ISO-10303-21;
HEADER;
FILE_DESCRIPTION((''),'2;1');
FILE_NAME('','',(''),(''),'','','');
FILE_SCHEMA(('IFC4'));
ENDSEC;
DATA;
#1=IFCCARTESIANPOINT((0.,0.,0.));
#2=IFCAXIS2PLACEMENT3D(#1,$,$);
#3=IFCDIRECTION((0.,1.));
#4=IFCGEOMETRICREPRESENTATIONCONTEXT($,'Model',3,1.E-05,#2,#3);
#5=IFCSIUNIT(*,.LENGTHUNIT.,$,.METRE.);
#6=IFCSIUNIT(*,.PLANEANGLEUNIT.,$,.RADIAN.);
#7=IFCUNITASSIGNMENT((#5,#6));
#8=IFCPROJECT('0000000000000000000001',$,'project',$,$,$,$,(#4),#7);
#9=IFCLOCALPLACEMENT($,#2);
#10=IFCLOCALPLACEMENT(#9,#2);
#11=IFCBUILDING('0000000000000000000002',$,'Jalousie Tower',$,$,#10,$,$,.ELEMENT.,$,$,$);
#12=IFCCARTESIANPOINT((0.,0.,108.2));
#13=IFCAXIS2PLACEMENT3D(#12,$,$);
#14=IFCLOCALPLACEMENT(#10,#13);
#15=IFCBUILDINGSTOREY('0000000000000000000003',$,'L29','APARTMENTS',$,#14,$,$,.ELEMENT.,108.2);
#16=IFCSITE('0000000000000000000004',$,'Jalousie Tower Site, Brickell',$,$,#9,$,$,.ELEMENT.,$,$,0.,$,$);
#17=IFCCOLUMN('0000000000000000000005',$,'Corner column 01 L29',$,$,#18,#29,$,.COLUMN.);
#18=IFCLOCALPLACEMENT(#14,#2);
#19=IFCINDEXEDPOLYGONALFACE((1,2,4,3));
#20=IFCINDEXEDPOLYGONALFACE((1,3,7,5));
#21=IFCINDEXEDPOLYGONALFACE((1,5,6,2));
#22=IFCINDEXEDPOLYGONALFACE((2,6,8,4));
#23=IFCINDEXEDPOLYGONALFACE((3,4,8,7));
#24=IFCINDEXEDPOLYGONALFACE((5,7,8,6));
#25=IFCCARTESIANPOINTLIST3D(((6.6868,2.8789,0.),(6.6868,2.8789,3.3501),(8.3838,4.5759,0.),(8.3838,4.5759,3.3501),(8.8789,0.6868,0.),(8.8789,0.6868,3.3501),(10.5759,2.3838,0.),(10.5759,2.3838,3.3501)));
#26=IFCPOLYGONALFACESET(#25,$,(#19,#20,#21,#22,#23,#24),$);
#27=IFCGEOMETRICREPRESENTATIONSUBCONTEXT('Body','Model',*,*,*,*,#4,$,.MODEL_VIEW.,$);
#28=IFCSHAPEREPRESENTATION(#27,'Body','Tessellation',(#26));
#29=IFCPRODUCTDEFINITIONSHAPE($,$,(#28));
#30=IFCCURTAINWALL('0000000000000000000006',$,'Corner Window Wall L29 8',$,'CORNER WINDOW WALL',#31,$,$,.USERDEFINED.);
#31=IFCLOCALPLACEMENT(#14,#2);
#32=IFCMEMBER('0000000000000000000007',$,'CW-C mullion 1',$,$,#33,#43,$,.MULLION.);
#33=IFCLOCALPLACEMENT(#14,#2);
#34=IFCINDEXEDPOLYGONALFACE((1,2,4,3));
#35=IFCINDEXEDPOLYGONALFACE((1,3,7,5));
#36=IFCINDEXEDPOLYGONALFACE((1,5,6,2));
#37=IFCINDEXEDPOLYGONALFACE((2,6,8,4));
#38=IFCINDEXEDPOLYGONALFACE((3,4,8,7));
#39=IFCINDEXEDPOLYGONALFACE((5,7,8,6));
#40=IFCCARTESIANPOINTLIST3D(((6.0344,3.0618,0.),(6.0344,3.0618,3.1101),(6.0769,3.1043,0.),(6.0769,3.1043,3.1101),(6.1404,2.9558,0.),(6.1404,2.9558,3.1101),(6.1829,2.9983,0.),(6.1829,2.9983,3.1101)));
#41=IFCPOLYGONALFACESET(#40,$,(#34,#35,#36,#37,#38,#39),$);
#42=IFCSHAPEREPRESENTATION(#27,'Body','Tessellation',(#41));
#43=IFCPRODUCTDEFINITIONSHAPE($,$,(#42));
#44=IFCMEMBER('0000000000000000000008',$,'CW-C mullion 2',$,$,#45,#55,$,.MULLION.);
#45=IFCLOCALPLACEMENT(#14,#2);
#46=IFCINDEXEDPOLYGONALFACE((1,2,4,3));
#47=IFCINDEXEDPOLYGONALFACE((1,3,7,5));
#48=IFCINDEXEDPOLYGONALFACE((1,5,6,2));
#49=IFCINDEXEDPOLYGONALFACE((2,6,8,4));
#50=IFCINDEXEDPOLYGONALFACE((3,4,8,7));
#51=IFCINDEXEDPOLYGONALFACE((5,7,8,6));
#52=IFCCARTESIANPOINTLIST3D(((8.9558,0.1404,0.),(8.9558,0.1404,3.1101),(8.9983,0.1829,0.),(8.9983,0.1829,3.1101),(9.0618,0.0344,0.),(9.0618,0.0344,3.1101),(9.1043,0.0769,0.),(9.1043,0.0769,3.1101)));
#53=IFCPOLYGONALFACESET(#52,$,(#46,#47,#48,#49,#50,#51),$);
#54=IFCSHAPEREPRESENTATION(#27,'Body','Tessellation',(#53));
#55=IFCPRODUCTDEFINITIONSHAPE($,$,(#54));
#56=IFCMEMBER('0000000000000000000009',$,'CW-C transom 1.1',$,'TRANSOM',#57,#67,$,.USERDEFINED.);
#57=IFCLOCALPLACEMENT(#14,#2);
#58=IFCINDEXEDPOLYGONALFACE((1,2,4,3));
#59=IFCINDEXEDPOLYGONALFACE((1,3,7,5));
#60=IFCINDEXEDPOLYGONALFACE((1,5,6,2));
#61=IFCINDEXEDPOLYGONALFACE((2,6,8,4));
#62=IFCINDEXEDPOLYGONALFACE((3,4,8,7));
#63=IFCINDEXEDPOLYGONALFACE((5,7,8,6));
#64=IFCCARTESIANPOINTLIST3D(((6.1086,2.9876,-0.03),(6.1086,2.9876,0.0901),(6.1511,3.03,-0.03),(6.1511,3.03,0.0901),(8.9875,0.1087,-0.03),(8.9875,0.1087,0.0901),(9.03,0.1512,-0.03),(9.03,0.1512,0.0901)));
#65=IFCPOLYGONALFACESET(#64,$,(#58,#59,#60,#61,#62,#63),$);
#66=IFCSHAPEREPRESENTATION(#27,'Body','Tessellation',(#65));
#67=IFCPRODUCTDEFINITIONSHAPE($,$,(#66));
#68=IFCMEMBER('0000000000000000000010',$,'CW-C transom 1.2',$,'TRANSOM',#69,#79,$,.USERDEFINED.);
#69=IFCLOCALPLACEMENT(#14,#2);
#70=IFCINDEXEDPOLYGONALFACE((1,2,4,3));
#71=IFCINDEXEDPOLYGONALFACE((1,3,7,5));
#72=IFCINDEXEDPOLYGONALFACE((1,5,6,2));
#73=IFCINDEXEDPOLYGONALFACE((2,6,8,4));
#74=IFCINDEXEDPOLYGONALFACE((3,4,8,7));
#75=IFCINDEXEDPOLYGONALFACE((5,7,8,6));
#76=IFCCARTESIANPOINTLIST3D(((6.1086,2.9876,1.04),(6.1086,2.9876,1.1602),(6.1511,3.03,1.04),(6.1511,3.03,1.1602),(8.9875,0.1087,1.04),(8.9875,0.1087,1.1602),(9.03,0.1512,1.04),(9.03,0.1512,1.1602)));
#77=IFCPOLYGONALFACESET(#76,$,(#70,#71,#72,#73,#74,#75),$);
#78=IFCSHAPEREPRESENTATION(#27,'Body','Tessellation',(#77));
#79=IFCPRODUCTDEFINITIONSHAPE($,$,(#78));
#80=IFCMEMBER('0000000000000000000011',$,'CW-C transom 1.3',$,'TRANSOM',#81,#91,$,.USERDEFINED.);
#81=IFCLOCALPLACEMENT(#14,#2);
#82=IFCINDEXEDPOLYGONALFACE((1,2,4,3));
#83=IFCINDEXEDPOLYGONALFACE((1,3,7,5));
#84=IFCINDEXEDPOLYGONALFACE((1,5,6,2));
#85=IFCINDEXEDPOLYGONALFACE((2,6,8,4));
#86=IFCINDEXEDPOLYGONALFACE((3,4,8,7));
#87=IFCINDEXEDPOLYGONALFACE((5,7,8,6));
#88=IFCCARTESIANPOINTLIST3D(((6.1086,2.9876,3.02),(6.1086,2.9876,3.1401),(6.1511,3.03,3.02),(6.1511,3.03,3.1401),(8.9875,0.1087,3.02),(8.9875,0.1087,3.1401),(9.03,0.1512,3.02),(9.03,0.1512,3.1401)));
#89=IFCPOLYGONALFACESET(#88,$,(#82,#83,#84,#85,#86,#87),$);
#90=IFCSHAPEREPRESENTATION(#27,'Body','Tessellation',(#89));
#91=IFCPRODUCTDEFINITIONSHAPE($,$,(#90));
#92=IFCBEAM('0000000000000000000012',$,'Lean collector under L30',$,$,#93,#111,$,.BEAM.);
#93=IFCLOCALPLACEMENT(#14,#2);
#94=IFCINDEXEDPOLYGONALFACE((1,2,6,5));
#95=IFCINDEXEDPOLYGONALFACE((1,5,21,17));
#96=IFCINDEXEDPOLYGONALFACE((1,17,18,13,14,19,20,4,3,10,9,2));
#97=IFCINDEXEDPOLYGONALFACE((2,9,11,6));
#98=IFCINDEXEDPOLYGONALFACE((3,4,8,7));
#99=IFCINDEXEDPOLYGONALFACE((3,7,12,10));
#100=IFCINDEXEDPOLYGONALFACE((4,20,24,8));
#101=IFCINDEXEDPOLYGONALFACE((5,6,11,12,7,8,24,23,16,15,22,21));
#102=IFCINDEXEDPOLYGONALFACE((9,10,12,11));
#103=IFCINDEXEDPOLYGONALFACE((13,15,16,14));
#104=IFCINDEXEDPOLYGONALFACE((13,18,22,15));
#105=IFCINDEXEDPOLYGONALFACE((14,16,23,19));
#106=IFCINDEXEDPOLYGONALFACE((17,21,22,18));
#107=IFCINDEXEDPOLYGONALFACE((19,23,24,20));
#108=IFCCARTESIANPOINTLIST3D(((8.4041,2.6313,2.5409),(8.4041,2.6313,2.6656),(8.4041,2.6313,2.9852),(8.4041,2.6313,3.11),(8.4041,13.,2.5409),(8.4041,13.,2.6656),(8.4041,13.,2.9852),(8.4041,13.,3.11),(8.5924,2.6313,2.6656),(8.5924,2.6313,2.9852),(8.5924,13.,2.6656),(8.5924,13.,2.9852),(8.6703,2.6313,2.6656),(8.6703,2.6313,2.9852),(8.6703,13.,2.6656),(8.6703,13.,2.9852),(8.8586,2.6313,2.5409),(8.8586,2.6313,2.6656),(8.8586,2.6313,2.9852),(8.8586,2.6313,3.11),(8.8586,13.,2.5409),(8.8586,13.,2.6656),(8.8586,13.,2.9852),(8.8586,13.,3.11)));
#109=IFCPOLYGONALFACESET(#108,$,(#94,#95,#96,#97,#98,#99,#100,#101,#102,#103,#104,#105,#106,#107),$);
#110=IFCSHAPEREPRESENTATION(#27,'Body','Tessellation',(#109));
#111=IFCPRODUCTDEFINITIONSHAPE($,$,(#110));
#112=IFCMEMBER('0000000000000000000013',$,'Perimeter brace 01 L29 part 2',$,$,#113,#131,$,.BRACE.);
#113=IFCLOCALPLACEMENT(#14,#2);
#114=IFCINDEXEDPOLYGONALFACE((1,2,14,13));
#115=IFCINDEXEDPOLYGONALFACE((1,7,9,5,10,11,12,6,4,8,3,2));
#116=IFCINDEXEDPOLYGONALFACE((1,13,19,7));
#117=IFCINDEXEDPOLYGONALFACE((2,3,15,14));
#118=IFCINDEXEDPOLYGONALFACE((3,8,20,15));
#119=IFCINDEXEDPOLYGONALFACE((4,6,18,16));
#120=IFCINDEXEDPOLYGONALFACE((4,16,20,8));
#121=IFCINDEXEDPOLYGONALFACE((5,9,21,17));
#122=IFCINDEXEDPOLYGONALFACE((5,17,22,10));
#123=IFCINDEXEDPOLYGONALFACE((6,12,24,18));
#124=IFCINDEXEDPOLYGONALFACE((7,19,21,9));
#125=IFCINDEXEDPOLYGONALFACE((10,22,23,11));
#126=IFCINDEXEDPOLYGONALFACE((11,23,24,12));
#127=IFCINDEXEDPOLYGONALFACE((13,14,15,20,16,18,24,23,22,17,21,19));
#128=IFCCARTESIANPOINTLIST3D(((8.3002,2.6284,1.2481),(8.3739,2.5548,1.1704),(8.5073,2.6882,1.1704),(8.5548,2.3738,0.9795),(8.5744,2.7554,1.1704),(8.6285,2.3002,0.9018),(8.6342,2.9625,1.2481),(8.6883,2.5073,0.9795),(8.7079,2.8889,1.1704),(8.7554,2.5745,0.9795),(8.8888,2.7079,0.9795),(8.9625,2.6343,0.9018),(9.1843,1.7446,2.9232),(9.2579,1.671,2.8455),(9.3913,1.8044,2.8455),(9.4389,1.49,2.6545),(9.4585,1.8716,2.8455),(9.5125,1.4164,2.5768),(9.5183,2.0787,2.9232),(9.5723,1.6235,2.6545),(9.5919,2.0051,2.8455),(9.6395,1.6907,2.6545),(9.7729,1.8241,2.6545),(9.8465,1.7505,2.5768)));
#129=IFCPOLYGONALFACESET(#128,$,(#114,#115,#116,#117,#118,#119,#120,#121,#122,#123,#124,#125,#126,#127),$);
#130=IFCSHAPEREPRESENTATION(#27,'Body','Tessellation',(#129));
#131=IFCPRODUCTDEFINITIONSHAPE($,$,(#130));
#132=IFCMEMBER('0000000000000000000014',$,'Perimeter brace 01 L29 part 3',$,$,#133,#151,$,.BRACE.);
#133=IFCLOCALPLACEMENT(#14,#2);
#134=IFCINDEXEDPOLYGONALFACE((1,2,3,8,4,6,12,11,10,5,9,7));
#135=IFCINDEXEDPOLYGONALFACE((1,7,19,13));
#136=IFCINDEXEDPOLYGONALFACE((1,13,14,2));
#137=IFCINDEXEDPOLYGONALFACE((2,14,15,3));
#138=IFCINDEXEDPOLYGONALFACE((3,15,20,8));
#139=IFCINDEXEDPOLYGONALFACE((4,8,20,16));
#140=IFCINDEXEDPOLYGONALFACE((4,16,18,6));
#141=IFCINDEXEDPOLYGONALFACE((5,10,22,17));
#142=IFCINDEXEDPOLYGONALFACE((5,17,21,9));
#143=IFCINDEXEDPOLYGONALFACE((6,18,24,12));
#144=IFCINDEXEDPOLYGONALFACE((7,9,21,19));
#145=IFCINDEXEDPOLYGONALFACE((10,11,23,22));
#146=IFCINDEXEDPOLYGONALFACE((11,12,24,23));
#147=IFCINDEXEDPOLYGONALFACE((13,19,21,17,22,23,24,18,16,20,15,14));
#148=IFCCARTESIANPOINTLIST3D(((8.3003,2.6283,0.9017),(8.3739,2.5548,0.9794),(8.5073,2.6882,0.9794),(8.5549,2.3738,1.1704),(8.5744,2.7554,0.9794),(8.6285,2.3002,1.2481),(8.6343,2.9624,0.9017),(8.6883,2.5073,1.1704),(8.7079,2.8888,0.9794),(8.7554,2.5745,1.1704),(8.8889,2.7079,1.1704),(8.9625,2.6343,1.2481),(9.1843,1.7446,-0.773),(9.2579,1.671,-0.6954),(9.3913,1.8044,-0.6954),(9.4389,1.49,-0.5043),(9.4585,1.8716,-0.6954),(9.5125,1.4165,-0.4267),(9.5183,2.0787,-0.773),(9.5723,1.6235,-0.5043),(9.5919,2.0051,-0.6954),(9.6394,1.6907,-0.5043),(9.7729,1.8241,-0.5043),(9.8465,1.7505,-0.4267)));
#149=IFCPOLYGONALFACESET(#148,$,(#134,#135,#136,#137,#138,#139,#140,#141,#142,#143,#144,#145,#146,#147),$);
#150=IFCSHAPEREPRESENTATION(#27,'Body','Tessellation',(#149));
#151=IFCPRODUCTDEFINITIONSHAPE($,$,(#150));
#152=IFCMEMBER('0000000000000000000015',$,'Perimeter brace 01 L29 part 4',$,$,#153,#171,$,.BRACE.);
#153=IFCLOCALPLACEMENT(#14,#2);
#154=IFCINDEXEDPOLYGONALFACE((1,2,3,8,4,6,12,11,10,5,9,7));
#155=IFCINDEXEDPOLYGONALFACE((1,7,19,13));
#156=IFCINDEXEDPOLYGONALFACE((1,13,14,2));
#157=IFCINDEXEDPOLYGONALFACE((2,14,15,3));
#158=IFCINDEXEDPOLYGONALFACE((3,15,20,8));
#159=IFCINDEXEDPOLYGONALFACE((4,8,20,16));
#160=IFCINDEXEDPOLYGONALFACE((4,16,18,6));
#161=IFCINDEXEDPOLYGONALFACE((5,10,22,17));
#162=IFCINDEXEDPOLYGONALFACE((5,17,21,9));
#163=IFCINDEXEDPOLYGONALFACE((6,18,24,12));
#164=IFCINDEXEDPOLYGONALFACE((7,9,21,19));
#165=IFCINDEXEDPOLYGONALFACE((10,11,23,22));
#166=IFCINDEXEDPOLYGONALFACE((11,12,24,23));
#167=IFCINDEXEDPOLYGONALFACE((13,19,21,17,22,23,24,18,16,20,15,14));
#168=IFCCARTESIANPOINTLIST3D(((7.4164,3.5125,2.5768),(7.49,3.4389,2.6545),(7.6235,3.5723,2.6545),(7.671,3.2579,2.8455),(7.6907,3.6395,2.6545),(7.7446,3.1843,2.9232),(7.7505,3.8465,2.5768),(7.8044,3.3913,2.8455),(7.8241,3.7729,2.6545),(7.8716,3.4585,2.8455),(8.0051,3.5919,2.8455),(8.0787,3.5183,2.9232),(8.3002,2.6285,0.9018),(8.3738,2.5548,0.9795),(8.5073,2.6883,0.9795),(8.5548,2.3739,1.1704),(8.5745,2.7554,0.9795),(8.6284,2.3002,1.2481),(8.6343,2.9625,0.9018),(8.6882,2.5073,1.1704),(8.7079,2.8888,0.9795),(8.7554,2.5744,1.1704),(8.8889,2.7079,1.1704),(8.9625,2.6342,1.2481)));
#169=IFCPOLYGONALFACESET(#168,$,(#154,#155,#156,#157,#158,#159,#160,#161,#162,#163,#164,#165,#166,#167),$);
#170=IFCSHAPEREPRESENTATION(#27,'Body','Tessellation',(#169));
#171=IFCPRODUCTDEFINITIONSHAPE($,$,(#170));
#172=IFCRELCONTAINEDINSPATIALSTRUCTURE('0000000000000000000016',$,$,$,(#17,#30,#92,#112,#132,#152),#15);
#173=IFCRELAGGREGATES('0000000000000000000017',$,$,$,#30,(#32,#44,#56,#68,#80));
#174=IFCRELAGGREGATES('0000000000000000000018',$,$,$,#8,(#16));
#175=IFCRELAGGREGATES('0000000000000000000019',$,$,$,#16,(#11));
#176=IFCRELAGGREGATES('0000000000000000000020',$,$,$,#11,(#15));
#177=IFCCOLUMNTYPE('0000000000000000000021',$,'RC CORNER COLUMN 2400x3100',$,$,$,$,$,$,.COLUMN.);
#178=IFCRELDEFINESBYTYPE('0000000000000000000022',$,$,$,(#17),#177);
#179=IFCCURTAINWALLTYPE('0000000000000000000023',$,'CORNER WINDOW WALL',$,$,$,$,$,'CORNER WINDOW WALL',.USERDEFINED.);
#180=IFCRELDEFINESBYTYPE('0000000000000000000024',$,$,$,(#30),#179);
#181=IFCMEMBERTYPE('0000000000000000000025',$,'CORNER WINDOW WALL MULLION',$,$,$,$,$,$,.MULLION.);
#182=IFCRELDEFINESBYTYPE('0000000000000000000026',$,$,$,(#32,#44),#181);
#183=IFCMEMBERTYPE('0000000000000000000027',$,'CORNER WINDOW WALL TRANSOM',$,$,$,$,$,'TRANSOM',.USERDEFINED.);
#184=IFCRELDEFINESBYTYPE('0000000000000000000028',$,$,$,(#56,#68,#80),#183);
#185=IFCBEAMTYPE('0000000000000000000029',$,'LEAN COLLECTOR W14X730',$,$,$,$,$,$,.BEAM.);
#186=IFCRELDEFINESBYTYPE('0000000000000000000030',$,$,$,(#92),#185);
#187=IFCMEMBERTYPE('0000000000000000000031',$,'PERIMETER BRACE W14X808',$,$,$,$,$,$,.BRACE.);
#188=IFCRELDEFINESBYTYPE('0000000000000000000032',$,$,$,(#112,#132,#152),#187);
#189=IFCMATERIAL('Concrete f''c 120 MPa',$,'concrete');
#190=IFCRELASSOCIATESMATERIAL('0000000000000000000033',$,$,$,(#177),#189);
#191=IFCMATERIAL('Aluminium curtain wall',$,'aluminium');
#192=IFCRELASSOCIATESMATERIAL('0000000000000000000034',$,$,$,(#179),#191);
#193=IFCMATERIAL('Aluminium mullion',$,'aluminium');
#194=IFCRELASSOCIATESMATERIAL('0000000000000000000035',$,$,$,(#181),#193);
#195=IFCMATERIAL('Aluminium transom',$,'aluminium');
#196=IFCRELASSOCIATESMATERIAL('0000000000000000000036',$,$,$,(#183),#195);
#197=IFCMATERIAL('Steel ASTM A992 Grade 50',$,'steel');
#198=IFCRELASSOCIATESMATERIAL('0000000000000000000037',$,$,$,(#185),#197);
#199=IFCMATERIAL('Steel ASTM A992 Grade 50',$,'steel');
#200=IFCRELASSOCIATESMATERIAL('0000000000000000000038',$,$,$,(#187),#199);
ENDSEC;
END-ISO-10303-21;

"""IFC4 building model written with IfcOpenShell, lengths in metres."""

from ifc_helpers import new_model, si_unit, direction, frame, origin, origin_2d, place, context, subcontext, project, spatial, rectangle, i_section, extrude, material, material_profile, profile_set, type_object, element, aggregate, save


model = new_model("IFC4")

# Units and contexts
model_context = context("Model", 3, precision=1e-05, world=origin(), true_north=direction((0.0, 1.0)))
body_context = subcontext(model_context, "Body", "Model", "MODEL_VIEW")
ifc_project = project(units=[si_unit("LENGTHUNIT", "METRE"), si_unit("PLANEANGLEUNIT", "RADIAN")], contexts=[model_context])

# Site, building, storey
site_placement = place(None, origin())
site = spatial("IfcSite", under=ifc_project, at=site_placement, Name="Jalousie Tower Site, Brickell", CompositionType="ELEMENT", RefElevation=0.0)
building_placement = place(site_placement, origin())
building = spatial("IfcBuilding", under=site, at=building_placement, Name="Jalousie Tower", CompositionType="ELEMENT")
storey_placement = place(building_placement, frame((0.0, 0.0, 108.2)))
storey = spatial("IfcBuildingStorey", under=building, at=storey_placement, Name="L29", Description="APARTMENTS", CompositionType="ELEMENT", Elevation=108.2)

# Column
ifc_material_1 = material(Name="Concrete f'c 120 MPa", Category="concrete")
ifc_material_profile_1 = material_profile(ifc_material_1, rectangle(XDim=2.3999, YDim=3.1001, at=origin_2d()), Name="RC 2400x3100")
ifc_profile_set_1 = profile_set([ifc_material_profile_1], Name="Concrete f'c 120 MPa")
column_type = type_object("IfcColumnType", Name="RC CORNER COLUMN 2400x3100", PredefinedType="COLUMN", material=ifc_profile_set_1)
column_placement = place(storey_placement, frame((8.6313, 2.6313, 0.0), z_axis=(0.0, 0.0, 1.0), x_axis=(0.707107, 0.707107, 0.0)))
element("IfcColumn", 1, at=column_placement, inside=storey, type_object=column_type, Name="Corner column 01 L29", PredefinedType="COLUMN", context=body_context, shape_type="SweptSolid", body=[
    extrude(rectangle(XDim=2.3999, YDim=3.1001, at=origin_2d()), origin(), (0.0, 0.0, 1.0), 3.3501),
])

# Curtain wall, members
ifc_material_2 = material(Name="Aluminium curtain wall", Category="aluminium")
curtain_wall_type_1 = type_object("IfcCurtainWallType", Name="CORNER WINDOW WALL", ElementType="CORNER WINDOW WALL", PredefinedType="USERDEFINED", material=ifc_material_2)
curtain_wall_1_placement = place(storey_placement, origin())
curtain_wall_1 = element("IfcCurtainWall", 2, at=curtain_wall_1_placement, inside=storey, type_object=curtain_wall_type_1, Name="Corner Window Wall L29 8", ObjectType="CORNER WINDOW WALL", PredefinedType="USERDEFINED")
ifc_material_3 = material(Name="Aluminium mullion", Category="aluminium")
ifc_material_profile_2 = material_profile(ifc_material_3, rectangle(XDim=0.0601, YDim=0.1499, at=origin_2d()), Name="MULLION 60x150")
ifc_profile_set_2 = profile_set([ifc_material_profile_2], Name="Aluminium mullion")
member_type_1 = type_object("IfcMemberType", Name="CORNER WINDOW WALL MULLION", PredefinedType="MULLION", material=ifc_profile_set_2)
member_1_placement = place(storey_placement, frame((6.1086, 3.03, 0.0), z_axis=(0.0, 0.0, 1.0), x_axis=(0.707107, 0.707107, 0.0)))
member_1 = element("IfcMember", 3, at=member_1_placement, type_object=member_type_1, Name="CW-C mullion 1", PredefinedType="MULLION", context=body_context, shape_type="SweptSolid", body=[
    extrude(rectangle(XDim=0.0601, YDim=0.1499, at=origin_2d()), origin(), (0.0, 0.0, 1.0), 3.1101),
])
member_2_placement = place(storey_placement, frame((9.03, 0.1086, 0.0), z_axis=(0.0, 0.0, 1.0), x_axis=(0.707107, 0.707107, 0.0)))
member_2 = element("IfcMember", 4, at=member_2_placement, type_object=member_type_1, Name="CW-C mullion 2", PredefinedType="MULLION", context=body_context, shape_type="SweptSolid", body=[
    extrude(rectangle(XDim=0.0601, YDim=0.1499, at=origin_2d()), origin(), (0.0, 0.0, 1.0), 3.1101),
])
ifc_material_4 = material(Name="Aluminium transom", Category="aluminium")
ifc_material_profile_3 = material_profile(ifc_material_4, rectangle(XDim=0.0601, YDim=0.1201, at=origin_2d()), Name="TRANSOM 60x120")
ifc_profile_set_3 = profile_set([ifc_material_profile_3], Name="Aluminium transom")
member_type_2 = type_object("IfcMemberType", Name="CORNER WINDOW WALL TRANSOM", ElementType="TRANSOM", PredefinedType="USERDEFINED", material=ifc_profile_set_3)
member_3_placement = place(storey_placement, frame((6.1299, 3.0088, 0.03), z_axis=(0.707107, -0.707107, 0.0), x_axis=(0.707107, 0.707107, 0.0)))
member_3 = element("IfcMember", 5, at=member_3_placement, type_object=member_type_2, Name="CW-C transom 1.1", ObjectType="TRANSOM", PredefinedType="USERDEFINED", context=body_context, shape_type="SweptSolid", body=[
    extrude(rectangle(XDim=0.0601, YDim=0.1201, at=origin_2d()), origin(), (0.0, 0.0, 1.0), 4.0713),
])
member_4_placement = place(storey_placement, frame((6.1299, 3.0088, 1.1001), z_axis=(0.707107, -0.707107, 0.0), x_axis=(0.707107, 0.707107, 0.0)))
member_4 = element("IfcMember", 6, at=member_4_placement, type_object=member_type_2, Name="CW-C transom 1.2", ObjectType="TRANSOM", PredefinedType="USERDEFINED", context=body_context, shape_type="SweptSolid", body=[
    extrude(rectangle(XDim=0.0601, YDim=0.1201, at=origin_2d()), origin(), (0.0, 0.0, 1.0), 4.0713),
])
member_5_placement = place(storey_placement, frame((6.1299, 3.0088, 3.0801), z_axis=(0.707107, -0.707107, 0.0), x_axis=(0.707107, 0.707107, 0.0)))
member_5 = element("IfcMember", 7, at=member_5_placement, type_object=member_type_2, Name="CW-C transom 1.3", ObjectType="TRANSOM", PredefinedType="USERDEFINED", context=body_context, shape_type="SweptSolid", body=[
    extrude(rectangle(XDim=0.0601, YDim=0.1201, at=origin_2d()), origin(), (0.0, 0.0, 1.0), 4.0713),
])

# Beam
ifc_material_5 = material(Name="Steel ASTM A992 Grade 50", Category="steel")
ifc_material_profile_4 = material_profile(ifc_material_5, i_section(OverallWidth=0.4546, OverallDepth=0.5691, WebThickness=0.0779, FlangeThickness=0.1248, at=origin_2d()), Name="W14X730")
ifc_profile_set_4 = profile_set([ifc_material_profile_4], Name="Steel ASTM A992 Grade 50")
beam_type_1 = type_object("IfcBeamType", Name="LEAN COLLECTOR W14X730", PredefinedType="BEAM", material=ifc_profile_set_4)
beam_1_placement = place(storey_placement, frame((8.6313, 2.6313, 2.8254), z_axis=(0.0, 1.0, 0.0), x_axis=(-1.0, 0.0, 0.0)))
element("IfcBeam", 8, at=beam_1_placement, inside=storey, type_object=beam_type_1, Name="Lean collector under L30", PredefinedType="BEAM", context=body_context, shape_type="SweptSolid", body=[
    extrude(i_section(OverallWidth=0.4546, OverallDepth=0.5691, WebThickness=0.0779, FlangeThickness=0.1248, at=origin_2d()), origin(), (0.0, 0.0, 1.0), 10.3687),
])

# Members
ifc_material_6 = material(Name="Steel ASTM A992 Grade 50", Category="steel")
ifc_material_profile_5 = material_profile(ifc_material_6, i_section(OverallWidth=0.4724, OverallDepth=0.5791, WebThickness=0.095, FlangeThickness=0.1299, at=origin_2d()), Name="W14X808")
ifc_profile_set_5 = profile_set([ifc_material_profile_5], Name="Steel ASTM A992 Grade 50")
member_type_3 = type_object("IfcMemberType", Name="PERIMETER BRACE W14X808", PredefinedType="BRACE", material=ifc_profile_set_5)
member_6_placement = place(storey_placement, frame((8.6313, 2.6313, 1.075), z_axis=(0.422969, -0.422852, 0.801432), x_axis=(0.707009, 0.707204, 0.0)))
element("IfcMember", 9, at=member_6_placement, inside=storey, type_object=member_type_3, Name="Perimeter brace 01 L29 part 2", PredefinedType="BRACE", context=body_context, shape_type="SweptSolid", body=[
    extrude(i_section(OverallWidth=0.4724, OverallDepth=0.5791, WebThickness=0.095, FlangeThickness=0.1299, at=origin_2d()), origin(), (0.0, 0.0, 1.0), 2.0901),
])
member_7_placement = place(storey_placement, frame((9.5154, 1.7476, -0.5999), z_axis=(-0.423008, 0.422891, 0.801391), x_axis=(-0.707009, -0.707204, 0.0)))
element("IfcMember", 10, at=member_7_placement, inside=storey, type_object=member_type_3, Name="Perimeter brace 01 L29 part 3", PredefinedType="BRACE", context=body_context, shape_type="SweptSolid", body=[
    extrude(i_section(OverallWidth=0.4724, OverallDepth=0.5791, WebThickness=0.095, FlangeThickness=0.1299, at=origin_2d()), origin(), (0.0, 0.0, 1.0), 2.0898),
])
member_8_placement = place(storey_placement, frame((8.6313, 2.6313, 1.075), z_axis=(-0.422852, 0.422969, 0.801432), x_axis=(-0.707204, -0.707009, 0.0)))
element("IfcMember", 11, at=member_8_placement, inside=storey, type_object=member_type_3, Name="Perimeter brace 01 L29 part 4", PredefinedType="BRACE", context=body_context, shape_type="SweptSolid", body=[
    extrude(i_section(OverallWidth=0.4724, OverallDepth=0.5791, WebThickness=0.095, FlangeThickness=0.1299, at=origin_2d()), origin(), (0.0, 0.0, 1.0), 2.0901),
])

aggregate(curtain_wall_1, [member_1, member_2, member_3, member_4, member_5])

save(model, "model.ifc")
